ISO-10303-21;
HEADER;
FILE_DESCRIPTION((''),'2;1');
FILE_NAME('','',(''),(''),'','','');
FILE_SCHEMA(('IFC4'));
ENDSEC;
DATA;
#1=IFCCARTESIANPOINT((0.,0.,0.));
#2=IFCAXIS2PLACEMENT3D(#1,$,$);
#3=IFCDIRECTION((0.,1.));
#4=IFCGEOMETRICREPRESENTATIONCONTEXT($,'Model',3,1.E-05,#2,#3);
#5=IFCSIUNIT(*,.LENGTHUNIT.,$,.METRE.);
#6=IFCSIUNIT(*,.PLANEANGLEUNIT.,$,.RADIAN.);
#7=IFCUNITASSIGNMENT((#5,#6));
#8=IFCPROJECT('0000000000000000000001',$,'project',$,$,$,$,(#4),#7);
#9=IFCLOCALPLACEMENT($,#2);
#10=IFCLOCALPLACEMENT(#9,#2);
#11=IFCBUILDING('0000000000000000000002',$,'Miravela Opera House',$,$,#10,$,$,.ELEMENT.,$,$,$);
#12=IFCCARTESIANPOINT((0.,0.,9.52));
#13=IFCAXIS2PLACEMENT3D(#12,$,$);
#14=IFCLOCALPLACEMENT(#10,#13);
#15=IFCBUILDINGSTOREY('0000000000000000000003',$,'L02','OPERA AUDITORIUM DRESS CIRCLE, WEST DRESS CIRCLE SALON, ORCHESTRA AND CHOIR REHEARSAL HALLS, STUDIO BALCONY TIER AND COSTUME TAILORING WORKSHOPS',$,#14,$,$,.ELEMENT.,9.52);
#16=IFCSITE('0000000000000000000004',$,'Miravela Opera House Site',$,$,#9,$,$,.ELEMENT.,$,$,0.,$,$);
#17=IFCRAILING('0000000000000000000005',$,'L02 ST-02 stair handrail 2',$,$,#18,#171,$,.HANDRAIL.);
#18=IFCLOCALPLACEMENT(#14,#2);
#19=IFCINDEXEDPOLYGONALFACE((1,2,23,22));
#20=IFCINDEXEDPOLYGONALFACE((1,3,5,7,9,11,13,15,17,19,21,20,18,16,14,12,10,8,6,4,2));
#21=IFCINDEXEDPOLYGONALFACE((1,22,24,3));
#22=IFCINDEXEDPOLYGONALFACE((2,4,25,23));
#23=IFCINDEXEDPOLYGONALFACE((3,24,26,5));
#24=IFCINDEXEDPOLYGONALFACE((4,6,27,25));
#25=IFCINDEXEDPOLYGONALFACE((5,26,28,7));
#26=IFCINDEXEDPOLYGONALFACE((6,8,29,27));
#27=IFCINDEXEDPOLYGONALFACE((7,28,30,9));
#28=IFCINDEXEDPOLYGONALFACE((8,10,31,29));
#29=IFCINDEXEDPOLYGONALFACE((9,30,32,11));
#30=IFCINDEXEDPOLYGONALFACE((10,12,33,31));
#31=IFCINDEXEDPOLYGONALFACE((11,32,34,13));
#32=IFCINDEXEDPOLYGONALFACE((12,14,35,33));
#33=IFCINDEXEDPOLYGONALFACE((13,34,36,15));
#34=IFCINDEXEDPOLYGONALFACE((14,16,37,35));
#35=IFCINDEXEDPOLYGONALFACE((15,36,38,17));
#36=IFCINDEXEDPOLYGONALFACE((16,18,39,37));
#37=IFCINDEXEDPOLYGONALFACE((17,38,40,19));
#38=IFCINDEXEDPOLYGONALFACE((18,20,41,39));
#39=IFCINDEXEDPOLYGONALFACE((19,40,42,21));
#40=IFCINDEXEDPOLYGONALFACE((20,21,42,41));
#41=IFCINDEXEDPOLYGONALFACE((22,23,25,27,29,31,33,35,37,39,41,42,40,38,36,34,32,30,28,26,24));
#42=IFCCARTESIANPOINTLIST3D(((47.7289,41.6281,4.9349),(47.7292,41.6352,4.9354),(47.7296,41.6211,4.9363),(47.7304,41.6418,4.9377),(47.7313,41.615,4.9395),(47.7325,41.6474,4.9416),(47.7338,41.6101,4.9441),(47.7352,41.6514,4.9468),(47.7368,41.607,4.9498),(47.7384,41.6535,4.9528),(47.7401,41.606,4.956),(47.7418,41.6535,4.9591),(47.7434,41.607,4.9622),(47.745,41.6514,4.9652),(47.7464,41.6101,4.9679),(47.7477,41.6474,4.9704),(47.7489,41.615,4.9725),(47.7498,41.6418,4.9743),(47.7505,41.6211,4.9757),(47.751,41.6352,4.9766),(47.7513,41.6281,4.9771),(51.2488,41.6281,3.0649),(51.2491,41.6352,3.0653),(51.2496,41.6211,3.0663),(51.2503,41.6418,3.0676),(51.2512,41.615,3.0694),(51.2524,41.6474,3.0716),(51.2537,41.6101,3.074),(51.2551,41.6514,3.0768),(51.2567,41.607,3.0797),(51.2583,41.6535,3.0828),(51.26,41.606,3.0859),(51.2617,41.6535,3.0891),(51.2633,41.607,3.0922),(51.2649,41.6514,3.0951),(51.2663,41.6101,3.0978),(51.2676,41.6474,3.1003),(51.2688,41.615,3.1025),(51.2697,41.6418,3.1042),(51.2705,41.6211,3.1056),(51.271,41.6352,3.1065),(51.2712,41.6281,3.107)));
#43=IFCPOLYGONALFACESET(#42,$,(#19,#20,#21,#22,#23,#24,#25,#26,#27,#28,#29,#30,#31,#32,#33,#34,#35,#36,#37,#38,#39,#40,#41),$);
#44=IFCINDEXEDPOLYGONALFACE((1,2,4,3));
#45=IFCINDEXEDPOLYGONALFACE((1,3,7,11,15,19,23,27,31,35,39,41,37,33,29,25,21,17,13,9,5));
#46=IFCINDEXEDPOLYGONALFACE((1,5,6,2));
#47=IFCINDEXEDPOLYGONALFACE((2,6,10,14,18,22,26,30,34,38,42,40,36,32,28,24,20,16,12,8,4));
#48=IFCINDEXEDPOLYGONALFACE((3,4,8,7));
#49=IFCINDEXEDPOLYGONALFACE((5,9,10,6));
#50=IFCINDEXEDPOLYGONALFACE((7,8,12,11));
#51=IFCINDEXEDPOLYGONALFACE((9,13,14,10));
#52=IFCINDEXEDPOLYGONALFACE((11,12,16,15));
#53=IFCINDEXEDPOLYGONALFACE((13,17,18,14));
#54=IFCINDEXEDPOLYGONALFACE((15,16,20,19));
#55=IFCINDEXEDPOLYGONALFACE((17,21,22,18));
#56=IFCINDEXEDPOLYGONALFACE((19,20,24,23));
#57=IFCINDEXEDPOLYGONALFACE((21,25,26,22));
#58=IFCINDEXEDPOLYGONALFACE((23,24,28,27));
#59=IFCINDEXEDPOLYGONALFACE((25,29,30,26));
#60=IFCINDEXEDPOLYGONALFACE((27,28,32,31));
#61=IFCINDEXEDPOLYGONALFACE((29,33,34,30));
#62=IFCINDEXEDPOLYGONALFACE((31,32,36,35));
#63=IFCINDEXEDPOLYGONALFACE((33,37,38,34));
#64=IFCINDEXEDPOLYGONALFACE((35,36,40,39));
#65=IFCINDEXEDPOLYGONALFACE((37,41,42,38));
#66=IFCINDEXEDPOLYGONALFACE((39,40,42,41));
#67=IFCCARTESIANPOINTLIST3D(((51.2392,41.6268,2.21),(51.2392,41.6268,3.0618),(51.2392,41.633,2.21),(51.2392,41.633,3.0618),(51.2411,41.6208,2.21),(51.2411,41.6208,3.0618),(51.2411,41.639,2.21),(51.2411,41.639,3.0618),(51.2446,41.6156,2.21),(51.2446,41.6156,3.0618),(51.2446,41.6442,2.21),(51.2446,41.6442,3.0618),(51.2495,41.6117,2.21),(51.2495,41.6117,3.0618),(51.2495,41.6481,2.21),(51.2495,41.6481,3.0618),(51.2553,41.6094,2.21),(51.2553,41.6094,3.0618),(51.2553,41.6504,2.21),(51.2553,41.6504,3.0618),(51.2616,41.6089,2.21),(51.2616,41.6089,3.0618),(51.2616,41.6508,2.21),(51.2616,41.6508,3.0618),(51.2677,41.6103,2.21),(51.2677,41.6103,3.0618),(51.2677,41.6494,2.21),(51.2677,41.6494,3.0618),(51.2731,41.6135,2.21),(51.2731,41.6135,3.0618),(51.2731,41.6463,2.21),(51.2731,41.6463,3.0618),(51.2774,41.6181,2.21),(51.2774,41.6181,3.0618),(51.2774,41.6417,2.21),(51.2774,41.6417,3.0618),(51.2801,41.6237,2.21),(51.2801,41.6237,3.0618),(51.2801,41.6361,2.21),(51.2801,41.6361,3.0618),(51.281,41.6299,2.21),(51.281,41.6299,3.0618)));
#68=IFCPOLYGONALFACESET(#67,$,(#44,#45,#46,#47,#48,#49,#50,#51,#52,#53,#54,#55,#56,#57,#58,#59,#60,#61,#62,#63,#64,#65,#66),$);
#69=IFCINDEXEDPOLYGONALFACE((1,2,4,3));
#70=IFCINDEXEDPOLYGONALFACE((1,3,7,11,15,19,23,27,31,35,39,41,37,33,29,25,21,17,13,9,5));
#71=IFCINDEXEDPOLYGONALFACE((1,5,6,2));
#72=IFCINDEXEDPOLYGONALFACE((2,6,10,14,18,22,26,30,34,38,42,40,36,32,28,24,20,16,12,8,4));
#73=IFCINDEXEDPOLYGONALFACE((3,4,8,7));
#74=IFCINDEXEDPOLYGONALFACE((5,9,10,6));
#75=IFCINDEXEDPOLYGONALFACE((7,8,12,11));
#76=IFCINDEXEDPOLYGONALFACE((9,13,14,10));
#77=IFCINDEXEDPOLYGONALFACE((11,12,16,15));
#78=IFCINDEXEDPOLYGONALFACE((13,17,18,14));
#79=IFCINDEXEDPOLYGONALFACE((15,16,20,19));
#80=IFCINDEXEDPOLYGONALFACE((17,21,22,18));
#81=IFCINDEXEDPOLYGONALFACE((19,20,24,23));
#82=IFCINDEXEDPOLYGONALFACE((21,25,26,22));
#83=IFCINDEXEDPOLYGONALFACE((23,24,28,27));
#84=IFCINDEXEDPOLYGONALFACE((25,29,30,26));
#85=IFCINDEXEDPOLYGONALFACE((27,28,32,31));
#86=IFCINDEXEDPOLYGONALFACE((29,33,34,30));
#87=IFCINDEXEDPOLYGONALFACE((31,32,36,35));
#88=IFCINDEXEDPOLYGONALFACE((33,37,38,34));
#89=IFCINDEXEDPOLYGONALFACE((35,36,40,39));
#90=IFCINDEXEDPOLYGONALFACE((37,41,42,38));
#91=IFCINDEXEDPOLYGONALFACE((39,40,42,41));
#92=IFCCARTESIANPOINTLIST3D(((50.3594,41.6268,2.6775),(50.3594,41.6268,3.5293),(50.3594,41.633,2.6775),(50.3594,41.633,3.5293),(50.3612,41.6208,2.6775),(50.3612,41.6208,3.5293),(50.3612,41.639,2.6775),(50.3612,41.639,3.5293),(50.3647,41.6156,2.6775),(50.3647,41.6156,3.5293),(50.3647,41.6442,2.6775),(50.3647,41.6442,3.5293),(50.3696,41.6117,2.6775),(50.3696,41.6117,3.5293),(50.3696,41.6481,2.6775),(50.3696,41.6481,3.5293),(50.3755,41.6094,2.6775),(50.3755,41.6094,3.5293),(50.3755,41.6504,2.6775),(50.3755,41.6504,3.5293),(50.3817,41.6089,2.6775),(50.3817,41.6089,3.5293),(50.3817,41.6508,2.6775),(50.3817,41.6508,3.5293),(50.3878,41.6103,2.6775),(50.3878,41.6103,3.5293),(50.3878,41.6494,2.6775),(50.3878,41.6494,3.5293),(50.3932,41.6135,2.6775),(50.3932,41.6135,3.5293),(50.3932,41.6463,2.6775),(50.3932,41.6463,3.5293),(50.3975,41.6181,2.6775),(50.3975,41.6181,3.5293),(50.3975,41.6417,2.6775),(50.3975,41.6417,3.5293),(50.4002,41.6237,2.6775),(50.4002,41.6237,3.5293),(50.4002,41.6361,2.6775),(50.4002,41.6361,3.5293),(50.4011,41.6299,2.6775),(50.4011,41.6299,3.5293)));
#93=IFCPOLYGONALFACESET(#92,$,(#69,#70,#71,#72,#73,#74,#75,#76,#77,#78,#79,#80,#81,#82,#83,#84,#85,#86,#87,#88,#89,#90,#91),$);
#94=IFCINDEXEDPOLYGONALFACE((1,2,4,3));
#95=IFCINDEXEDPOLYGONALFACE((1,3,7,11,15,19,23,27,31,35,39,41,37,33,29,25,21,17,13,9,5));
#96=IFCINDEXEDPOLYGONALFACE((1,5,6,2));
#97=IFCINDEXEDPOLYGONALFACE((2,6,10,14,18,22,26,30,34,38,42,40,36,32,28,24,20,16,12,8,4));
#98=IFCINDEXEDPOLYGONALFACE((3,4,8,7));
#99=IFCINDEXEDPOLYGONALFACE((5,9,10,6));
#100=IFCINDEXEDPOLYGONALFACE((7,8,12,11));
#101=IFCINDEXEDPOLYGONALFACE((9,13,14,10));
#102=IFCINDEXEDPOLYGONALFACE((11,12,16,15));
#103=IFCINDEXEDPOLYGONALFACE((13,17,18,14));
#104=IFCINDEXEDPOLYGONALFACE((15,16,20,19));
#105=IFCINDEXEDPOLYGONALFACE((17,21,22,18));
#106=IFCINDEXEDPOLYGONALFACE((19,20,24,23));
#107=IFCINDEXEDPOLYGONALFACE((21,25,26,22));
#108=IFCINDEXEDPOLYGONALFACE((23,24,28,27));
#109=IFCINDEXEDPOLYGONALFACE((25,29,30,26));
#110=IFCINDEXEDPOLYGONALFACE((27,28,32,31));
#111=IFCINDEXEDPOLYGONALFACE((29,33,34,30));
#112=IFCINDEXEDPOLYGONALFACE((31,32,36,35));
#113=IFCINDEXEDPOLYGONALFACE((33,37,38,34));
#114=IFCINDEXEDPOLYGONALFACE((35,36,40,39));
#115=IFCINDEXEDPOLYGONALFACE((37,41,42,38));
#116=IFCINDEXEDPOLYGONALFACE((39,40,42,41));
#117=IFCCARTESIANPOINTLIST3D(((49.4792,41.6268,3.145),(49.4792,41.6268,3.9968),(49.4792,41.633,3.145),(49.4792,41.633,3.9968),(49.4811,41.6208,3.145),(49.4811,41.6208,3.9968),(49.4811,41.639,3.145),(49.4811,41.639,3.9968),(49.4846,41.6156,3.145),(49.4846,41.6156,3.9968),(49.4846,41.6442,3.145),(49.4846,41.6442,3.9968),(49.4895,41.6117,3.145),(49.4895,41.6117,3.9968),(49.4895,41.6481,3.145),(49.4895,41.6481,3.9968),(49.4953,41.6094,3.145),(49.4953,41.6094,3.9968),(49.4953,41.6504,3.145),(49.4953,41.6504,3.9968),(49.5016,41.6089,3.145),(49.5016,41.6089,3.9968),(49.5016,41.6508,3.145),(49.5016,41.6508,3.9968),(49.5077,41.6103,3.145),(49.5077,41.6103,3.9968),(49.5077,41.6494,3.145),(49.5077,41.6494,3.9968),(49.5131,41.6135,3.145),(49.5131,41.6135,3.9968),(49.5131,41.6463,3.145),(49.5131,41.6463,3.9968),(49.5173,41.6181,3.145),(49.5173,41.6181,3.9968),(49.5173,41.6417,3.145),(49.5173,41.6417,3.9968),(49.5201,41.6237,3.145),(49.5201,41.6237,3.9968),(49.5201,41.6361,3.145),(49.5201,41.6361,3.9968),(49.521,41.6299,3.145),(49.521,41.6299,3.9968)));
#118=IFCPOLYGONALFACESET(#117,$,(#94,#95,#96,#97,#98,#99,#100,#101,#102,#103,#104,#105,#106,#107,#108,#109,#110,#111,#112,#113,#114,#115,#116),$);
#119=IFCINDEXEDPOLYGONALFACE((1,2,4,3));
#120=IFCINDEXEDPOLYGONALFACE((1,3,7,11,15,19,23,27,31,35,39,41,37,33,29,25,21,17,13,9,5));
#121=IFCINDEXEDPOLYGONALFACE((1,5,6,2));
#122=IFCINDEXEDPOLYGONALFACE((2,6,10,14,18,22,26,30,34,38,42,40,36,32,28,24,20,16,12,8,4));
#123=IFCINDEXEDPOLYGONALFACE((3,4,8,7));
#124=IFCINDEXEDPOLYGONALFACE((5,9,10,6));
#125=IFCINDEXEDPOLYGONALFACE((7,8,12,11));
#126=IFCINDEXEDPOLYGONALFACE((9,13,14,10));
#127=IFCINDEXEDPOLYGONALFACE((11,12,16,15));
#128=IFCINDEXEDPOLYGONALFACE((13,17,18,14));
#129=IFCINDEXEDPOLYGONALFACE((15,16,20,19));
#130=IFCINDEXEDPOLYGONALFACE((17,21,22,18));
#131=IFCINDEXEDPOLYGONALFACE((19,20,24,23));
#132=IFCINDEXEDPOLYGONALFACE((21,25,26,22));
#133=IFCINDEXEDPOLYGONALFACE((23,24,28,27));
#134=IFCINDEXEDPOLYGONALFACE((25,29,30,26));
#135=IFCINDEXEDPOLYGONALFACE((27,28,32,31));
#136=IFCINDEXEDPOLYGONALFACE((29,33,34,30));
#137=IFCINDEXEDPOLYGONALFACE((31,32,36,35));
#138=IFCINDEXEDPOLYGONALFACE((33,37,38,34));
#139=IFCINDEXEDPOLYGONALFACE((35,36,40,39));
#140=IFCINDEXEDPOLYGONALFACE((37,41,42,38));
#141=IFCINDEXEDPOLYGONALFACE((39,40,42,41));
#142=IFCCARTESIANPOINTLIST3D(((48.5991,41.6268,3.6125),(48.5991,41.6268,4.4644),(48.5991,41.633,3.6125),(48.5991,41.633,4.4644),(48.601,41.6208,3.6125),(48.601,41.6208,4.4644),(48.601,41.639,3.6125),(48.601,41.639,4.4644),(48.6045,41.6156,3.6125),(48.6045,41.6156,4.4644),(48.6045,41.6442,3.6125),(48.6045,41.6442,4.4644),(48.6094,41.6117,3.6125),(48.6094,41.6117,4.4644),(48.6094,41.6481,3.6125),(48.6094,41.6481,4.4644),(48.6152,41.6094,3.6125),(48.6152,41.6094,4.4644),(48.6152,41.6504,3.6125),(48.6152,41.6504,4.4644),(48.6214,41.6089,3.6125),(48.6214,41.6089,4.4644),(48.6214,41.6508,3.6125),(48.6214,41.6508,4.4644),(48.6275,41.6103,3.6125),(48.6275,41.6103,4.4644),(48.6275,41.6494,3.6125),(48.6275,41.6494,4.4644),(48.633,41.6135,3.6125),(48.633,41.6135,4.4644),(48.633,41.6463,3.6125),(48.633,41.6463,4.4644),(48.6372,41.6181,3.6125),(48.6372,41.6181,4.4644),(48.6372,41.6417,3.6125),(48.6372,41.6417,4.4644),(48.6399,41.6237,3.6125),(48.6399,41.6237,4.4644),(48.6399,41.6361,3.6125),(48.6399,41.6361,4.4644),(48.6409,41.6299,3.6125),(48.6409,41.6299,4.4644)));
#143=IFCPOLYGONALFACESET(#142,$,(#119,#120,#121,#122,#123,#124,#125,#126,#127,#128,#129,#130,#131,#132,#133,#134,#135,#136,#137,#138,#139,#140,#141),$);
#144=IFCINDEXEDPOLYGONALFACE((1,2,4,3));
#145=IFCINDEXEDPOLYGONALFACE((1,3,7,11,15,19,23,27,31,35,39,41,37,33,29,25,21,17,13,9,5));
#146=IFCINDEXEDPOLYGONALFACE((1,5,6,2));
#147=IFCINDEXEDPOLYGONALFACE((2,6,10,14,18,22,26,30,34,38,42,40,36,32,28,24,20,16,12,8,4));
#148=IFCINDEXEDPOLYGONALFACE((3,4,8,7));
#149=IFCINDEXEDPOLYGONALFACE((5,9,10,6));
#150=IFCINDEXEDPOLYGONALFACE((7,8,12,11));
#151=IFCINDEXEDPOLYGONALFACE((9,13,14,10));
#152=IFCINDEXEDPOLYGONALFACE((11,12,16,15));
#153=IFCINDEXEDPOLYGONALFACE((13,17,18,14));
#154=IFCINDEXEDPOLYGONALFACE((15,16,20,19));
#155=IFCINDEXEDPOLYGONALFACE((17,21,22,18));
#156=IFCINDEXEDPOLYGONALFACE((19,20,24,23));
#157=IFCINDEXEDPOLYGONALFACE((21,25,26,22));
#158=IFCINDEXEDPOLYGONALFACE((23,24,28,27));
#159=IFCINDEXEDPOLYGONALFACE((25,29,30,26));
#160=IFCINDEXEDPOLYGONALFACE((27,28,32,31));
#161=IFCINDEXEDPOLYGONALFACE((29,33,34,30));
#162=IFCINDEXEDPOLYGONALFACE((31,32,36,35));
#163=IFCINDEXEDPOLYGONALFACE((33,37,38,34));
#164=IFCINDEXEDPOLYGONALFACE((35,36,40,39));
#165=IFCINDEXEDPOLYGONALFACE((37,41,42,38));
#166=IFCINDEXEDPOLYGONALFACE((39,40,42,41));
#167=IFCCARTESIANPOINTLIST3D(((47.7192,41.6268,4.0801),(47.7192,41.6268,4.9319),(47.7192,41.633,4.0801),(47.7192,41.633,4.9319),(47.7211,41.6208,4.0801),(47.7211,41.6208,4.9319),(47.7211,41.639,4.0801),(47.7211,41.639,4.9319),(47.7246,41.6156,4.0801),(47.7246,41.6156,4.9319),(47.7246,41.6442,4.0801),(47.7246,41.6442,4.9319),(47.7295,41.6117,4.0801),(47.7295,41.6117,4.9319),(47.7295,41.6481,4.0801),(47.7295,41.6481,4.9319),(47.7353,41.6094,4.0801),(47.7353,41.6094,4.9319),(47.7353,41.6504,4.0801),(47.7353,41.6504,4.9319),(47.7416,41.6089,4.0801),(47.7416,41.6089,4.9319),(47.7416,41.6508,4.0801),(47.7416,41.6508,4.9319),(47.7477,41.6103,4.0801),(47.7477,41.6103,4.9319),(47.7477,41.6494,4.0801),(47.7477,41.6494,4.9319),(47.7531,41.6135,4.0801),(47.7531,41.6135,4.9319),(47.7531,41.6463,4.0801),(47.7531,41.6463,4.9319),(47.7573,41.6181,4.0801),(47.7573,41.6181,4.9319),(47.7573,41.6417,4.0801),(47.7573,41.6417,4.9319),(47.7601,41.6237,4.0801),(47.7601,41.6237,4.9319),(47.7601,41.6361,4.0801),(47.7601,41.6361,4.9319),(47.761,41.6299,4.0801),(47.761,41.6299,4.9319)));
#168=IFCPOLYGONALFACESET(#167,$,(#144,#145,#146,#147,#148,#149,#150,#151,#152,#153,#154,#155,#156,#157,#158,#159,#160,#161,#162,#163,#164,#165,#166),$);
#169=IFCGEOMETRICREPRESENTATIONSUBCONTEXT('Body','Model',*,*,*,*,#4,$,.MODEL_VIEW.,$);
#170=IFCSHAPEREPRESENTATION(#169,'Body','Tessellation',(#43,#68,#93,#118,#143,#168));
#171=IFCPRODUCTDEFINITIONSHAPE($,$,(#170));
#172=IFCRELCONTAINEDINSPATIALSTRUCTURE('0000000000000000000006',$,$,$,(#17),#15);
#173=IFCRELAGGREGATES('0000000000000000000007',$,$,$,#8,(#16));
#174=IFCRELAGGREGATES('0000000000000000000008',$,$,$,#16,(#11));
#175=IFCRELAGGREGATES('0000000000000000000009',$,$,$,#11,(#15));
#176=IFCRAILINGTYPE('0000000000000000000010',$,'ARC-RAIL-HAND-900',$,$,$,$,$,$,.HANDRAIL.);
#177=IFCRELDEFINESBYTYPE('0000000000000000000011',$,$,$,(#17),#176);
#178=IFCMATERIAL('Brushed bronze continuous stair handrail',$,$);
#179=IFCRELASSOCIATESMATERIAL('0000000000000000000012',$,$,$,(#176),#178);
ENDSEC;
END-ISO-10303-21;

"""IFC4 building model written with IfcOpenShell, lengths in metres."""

from ifc_helpers import new_model, si_unit, direction, frame, origin, origin_2d, place, context, subcontext, project, spatial, circle, extrude, material, type_object, element, save


model = new_model("IFC4")

# Units and contexts
model_context = context("Model", 3, precision=1e-05, world=origin(), true_north=direction((0.0, 1.0)))
body_context = subcontext(model_context, "Body", "Model", "MODEL_VIEW")
ifc_project = project(units=[si_unit("LENGTHUNIT", "METRE"), si_unit("PLANEANGLEUNIT", "RADIAN")], contexts=[model_context])

# Site, building, storey
site_placement = place(None, origin())
site = spatial("IfcSite", under=ifc_project, at=site_placement, Name="Miravela Opera House Site", CompositionType="ELEMENT", RefElevation=0.0)
building_placement = place(site_placement, origin())
building = spatial("IfcBuilding", under=site, at=building_placement, Name="Miravela Opera House", CompositionType="ELEMENT")
storey_placement = place(building_placement, frame((0.0, 0.0, 9.52)))
storey = spatial("IfcBuildingStorey", under=building, at=storey_placement, Name="L02", Description="OPERA AUDITORIUM DRESS CIRCLE, WEST DRESS CIRCLE SALON, ORCHESTRA AND CHOIR REHEARSAL HALLS, STUDIO BALCONY TIER AND COSTUME TAILORING WORKSHOPS", CompositionType="ELEMENT", Elevation=9.52)

# Railing
ifc_material_1 = material(Name="Brushed bronze continuous stair handrail")
railing_type_1 = type_object("IfcRailingType", Name="ARC-RAIL-HAND-900", PredefinedType="HANDRAIL", material=ifc_material_1)
railing_1_placement = place(storey_placement, frame((51.26, 41.6299, 2.21)))
element("IfcRailing", 1, at=railing_1_placement, inside=storey, type_object=railing_type_1, Name="L02 ST-02 stair handrail 2", PredefinedType="HANDRAIL", context=body_context, shape_type="SweptSolid", body=[
    extrude(circle(Radius=0.0239, at=origin_2d()), frame((0.0, 0.0, 0.876), z_axis=(-0.883105, 0.0, 0.469176), x_axis=(0.0, -1.0, 0.0)), (0.0, 0.0, 1.0), 3.9858),
    extrude(circle(Radius=0.021, at=origin_2d()), origin(), (0.0, 0.0, 1.0), 0.8518),
    extrude(circle(Radius=0.021, at=origin_2d()), frame((-0.8799, 0.0, 0.4675)), (0.0, 0.0, 1.0), 0.8518),
    extrude(circle(Radius=0.021, at=origin_2d()), frame((-1.76, 0.0, 0.9351)), (0.0, 0.0, 1.0), 0.8518),
    extrude(circle(Radius=0.021, at=origin_2d()), frame((-2.6401, 0.0, 1.4026)), (0.0, 0.0, 1.0), 0.8518),
    extrude(circle(Radius=0.021, at=origin_2d()), frame((-3.52, 0.0, 1.8701)), (0.0, 0.0, 1.0), 0.8518),
])

save(model, "model.ifc")
